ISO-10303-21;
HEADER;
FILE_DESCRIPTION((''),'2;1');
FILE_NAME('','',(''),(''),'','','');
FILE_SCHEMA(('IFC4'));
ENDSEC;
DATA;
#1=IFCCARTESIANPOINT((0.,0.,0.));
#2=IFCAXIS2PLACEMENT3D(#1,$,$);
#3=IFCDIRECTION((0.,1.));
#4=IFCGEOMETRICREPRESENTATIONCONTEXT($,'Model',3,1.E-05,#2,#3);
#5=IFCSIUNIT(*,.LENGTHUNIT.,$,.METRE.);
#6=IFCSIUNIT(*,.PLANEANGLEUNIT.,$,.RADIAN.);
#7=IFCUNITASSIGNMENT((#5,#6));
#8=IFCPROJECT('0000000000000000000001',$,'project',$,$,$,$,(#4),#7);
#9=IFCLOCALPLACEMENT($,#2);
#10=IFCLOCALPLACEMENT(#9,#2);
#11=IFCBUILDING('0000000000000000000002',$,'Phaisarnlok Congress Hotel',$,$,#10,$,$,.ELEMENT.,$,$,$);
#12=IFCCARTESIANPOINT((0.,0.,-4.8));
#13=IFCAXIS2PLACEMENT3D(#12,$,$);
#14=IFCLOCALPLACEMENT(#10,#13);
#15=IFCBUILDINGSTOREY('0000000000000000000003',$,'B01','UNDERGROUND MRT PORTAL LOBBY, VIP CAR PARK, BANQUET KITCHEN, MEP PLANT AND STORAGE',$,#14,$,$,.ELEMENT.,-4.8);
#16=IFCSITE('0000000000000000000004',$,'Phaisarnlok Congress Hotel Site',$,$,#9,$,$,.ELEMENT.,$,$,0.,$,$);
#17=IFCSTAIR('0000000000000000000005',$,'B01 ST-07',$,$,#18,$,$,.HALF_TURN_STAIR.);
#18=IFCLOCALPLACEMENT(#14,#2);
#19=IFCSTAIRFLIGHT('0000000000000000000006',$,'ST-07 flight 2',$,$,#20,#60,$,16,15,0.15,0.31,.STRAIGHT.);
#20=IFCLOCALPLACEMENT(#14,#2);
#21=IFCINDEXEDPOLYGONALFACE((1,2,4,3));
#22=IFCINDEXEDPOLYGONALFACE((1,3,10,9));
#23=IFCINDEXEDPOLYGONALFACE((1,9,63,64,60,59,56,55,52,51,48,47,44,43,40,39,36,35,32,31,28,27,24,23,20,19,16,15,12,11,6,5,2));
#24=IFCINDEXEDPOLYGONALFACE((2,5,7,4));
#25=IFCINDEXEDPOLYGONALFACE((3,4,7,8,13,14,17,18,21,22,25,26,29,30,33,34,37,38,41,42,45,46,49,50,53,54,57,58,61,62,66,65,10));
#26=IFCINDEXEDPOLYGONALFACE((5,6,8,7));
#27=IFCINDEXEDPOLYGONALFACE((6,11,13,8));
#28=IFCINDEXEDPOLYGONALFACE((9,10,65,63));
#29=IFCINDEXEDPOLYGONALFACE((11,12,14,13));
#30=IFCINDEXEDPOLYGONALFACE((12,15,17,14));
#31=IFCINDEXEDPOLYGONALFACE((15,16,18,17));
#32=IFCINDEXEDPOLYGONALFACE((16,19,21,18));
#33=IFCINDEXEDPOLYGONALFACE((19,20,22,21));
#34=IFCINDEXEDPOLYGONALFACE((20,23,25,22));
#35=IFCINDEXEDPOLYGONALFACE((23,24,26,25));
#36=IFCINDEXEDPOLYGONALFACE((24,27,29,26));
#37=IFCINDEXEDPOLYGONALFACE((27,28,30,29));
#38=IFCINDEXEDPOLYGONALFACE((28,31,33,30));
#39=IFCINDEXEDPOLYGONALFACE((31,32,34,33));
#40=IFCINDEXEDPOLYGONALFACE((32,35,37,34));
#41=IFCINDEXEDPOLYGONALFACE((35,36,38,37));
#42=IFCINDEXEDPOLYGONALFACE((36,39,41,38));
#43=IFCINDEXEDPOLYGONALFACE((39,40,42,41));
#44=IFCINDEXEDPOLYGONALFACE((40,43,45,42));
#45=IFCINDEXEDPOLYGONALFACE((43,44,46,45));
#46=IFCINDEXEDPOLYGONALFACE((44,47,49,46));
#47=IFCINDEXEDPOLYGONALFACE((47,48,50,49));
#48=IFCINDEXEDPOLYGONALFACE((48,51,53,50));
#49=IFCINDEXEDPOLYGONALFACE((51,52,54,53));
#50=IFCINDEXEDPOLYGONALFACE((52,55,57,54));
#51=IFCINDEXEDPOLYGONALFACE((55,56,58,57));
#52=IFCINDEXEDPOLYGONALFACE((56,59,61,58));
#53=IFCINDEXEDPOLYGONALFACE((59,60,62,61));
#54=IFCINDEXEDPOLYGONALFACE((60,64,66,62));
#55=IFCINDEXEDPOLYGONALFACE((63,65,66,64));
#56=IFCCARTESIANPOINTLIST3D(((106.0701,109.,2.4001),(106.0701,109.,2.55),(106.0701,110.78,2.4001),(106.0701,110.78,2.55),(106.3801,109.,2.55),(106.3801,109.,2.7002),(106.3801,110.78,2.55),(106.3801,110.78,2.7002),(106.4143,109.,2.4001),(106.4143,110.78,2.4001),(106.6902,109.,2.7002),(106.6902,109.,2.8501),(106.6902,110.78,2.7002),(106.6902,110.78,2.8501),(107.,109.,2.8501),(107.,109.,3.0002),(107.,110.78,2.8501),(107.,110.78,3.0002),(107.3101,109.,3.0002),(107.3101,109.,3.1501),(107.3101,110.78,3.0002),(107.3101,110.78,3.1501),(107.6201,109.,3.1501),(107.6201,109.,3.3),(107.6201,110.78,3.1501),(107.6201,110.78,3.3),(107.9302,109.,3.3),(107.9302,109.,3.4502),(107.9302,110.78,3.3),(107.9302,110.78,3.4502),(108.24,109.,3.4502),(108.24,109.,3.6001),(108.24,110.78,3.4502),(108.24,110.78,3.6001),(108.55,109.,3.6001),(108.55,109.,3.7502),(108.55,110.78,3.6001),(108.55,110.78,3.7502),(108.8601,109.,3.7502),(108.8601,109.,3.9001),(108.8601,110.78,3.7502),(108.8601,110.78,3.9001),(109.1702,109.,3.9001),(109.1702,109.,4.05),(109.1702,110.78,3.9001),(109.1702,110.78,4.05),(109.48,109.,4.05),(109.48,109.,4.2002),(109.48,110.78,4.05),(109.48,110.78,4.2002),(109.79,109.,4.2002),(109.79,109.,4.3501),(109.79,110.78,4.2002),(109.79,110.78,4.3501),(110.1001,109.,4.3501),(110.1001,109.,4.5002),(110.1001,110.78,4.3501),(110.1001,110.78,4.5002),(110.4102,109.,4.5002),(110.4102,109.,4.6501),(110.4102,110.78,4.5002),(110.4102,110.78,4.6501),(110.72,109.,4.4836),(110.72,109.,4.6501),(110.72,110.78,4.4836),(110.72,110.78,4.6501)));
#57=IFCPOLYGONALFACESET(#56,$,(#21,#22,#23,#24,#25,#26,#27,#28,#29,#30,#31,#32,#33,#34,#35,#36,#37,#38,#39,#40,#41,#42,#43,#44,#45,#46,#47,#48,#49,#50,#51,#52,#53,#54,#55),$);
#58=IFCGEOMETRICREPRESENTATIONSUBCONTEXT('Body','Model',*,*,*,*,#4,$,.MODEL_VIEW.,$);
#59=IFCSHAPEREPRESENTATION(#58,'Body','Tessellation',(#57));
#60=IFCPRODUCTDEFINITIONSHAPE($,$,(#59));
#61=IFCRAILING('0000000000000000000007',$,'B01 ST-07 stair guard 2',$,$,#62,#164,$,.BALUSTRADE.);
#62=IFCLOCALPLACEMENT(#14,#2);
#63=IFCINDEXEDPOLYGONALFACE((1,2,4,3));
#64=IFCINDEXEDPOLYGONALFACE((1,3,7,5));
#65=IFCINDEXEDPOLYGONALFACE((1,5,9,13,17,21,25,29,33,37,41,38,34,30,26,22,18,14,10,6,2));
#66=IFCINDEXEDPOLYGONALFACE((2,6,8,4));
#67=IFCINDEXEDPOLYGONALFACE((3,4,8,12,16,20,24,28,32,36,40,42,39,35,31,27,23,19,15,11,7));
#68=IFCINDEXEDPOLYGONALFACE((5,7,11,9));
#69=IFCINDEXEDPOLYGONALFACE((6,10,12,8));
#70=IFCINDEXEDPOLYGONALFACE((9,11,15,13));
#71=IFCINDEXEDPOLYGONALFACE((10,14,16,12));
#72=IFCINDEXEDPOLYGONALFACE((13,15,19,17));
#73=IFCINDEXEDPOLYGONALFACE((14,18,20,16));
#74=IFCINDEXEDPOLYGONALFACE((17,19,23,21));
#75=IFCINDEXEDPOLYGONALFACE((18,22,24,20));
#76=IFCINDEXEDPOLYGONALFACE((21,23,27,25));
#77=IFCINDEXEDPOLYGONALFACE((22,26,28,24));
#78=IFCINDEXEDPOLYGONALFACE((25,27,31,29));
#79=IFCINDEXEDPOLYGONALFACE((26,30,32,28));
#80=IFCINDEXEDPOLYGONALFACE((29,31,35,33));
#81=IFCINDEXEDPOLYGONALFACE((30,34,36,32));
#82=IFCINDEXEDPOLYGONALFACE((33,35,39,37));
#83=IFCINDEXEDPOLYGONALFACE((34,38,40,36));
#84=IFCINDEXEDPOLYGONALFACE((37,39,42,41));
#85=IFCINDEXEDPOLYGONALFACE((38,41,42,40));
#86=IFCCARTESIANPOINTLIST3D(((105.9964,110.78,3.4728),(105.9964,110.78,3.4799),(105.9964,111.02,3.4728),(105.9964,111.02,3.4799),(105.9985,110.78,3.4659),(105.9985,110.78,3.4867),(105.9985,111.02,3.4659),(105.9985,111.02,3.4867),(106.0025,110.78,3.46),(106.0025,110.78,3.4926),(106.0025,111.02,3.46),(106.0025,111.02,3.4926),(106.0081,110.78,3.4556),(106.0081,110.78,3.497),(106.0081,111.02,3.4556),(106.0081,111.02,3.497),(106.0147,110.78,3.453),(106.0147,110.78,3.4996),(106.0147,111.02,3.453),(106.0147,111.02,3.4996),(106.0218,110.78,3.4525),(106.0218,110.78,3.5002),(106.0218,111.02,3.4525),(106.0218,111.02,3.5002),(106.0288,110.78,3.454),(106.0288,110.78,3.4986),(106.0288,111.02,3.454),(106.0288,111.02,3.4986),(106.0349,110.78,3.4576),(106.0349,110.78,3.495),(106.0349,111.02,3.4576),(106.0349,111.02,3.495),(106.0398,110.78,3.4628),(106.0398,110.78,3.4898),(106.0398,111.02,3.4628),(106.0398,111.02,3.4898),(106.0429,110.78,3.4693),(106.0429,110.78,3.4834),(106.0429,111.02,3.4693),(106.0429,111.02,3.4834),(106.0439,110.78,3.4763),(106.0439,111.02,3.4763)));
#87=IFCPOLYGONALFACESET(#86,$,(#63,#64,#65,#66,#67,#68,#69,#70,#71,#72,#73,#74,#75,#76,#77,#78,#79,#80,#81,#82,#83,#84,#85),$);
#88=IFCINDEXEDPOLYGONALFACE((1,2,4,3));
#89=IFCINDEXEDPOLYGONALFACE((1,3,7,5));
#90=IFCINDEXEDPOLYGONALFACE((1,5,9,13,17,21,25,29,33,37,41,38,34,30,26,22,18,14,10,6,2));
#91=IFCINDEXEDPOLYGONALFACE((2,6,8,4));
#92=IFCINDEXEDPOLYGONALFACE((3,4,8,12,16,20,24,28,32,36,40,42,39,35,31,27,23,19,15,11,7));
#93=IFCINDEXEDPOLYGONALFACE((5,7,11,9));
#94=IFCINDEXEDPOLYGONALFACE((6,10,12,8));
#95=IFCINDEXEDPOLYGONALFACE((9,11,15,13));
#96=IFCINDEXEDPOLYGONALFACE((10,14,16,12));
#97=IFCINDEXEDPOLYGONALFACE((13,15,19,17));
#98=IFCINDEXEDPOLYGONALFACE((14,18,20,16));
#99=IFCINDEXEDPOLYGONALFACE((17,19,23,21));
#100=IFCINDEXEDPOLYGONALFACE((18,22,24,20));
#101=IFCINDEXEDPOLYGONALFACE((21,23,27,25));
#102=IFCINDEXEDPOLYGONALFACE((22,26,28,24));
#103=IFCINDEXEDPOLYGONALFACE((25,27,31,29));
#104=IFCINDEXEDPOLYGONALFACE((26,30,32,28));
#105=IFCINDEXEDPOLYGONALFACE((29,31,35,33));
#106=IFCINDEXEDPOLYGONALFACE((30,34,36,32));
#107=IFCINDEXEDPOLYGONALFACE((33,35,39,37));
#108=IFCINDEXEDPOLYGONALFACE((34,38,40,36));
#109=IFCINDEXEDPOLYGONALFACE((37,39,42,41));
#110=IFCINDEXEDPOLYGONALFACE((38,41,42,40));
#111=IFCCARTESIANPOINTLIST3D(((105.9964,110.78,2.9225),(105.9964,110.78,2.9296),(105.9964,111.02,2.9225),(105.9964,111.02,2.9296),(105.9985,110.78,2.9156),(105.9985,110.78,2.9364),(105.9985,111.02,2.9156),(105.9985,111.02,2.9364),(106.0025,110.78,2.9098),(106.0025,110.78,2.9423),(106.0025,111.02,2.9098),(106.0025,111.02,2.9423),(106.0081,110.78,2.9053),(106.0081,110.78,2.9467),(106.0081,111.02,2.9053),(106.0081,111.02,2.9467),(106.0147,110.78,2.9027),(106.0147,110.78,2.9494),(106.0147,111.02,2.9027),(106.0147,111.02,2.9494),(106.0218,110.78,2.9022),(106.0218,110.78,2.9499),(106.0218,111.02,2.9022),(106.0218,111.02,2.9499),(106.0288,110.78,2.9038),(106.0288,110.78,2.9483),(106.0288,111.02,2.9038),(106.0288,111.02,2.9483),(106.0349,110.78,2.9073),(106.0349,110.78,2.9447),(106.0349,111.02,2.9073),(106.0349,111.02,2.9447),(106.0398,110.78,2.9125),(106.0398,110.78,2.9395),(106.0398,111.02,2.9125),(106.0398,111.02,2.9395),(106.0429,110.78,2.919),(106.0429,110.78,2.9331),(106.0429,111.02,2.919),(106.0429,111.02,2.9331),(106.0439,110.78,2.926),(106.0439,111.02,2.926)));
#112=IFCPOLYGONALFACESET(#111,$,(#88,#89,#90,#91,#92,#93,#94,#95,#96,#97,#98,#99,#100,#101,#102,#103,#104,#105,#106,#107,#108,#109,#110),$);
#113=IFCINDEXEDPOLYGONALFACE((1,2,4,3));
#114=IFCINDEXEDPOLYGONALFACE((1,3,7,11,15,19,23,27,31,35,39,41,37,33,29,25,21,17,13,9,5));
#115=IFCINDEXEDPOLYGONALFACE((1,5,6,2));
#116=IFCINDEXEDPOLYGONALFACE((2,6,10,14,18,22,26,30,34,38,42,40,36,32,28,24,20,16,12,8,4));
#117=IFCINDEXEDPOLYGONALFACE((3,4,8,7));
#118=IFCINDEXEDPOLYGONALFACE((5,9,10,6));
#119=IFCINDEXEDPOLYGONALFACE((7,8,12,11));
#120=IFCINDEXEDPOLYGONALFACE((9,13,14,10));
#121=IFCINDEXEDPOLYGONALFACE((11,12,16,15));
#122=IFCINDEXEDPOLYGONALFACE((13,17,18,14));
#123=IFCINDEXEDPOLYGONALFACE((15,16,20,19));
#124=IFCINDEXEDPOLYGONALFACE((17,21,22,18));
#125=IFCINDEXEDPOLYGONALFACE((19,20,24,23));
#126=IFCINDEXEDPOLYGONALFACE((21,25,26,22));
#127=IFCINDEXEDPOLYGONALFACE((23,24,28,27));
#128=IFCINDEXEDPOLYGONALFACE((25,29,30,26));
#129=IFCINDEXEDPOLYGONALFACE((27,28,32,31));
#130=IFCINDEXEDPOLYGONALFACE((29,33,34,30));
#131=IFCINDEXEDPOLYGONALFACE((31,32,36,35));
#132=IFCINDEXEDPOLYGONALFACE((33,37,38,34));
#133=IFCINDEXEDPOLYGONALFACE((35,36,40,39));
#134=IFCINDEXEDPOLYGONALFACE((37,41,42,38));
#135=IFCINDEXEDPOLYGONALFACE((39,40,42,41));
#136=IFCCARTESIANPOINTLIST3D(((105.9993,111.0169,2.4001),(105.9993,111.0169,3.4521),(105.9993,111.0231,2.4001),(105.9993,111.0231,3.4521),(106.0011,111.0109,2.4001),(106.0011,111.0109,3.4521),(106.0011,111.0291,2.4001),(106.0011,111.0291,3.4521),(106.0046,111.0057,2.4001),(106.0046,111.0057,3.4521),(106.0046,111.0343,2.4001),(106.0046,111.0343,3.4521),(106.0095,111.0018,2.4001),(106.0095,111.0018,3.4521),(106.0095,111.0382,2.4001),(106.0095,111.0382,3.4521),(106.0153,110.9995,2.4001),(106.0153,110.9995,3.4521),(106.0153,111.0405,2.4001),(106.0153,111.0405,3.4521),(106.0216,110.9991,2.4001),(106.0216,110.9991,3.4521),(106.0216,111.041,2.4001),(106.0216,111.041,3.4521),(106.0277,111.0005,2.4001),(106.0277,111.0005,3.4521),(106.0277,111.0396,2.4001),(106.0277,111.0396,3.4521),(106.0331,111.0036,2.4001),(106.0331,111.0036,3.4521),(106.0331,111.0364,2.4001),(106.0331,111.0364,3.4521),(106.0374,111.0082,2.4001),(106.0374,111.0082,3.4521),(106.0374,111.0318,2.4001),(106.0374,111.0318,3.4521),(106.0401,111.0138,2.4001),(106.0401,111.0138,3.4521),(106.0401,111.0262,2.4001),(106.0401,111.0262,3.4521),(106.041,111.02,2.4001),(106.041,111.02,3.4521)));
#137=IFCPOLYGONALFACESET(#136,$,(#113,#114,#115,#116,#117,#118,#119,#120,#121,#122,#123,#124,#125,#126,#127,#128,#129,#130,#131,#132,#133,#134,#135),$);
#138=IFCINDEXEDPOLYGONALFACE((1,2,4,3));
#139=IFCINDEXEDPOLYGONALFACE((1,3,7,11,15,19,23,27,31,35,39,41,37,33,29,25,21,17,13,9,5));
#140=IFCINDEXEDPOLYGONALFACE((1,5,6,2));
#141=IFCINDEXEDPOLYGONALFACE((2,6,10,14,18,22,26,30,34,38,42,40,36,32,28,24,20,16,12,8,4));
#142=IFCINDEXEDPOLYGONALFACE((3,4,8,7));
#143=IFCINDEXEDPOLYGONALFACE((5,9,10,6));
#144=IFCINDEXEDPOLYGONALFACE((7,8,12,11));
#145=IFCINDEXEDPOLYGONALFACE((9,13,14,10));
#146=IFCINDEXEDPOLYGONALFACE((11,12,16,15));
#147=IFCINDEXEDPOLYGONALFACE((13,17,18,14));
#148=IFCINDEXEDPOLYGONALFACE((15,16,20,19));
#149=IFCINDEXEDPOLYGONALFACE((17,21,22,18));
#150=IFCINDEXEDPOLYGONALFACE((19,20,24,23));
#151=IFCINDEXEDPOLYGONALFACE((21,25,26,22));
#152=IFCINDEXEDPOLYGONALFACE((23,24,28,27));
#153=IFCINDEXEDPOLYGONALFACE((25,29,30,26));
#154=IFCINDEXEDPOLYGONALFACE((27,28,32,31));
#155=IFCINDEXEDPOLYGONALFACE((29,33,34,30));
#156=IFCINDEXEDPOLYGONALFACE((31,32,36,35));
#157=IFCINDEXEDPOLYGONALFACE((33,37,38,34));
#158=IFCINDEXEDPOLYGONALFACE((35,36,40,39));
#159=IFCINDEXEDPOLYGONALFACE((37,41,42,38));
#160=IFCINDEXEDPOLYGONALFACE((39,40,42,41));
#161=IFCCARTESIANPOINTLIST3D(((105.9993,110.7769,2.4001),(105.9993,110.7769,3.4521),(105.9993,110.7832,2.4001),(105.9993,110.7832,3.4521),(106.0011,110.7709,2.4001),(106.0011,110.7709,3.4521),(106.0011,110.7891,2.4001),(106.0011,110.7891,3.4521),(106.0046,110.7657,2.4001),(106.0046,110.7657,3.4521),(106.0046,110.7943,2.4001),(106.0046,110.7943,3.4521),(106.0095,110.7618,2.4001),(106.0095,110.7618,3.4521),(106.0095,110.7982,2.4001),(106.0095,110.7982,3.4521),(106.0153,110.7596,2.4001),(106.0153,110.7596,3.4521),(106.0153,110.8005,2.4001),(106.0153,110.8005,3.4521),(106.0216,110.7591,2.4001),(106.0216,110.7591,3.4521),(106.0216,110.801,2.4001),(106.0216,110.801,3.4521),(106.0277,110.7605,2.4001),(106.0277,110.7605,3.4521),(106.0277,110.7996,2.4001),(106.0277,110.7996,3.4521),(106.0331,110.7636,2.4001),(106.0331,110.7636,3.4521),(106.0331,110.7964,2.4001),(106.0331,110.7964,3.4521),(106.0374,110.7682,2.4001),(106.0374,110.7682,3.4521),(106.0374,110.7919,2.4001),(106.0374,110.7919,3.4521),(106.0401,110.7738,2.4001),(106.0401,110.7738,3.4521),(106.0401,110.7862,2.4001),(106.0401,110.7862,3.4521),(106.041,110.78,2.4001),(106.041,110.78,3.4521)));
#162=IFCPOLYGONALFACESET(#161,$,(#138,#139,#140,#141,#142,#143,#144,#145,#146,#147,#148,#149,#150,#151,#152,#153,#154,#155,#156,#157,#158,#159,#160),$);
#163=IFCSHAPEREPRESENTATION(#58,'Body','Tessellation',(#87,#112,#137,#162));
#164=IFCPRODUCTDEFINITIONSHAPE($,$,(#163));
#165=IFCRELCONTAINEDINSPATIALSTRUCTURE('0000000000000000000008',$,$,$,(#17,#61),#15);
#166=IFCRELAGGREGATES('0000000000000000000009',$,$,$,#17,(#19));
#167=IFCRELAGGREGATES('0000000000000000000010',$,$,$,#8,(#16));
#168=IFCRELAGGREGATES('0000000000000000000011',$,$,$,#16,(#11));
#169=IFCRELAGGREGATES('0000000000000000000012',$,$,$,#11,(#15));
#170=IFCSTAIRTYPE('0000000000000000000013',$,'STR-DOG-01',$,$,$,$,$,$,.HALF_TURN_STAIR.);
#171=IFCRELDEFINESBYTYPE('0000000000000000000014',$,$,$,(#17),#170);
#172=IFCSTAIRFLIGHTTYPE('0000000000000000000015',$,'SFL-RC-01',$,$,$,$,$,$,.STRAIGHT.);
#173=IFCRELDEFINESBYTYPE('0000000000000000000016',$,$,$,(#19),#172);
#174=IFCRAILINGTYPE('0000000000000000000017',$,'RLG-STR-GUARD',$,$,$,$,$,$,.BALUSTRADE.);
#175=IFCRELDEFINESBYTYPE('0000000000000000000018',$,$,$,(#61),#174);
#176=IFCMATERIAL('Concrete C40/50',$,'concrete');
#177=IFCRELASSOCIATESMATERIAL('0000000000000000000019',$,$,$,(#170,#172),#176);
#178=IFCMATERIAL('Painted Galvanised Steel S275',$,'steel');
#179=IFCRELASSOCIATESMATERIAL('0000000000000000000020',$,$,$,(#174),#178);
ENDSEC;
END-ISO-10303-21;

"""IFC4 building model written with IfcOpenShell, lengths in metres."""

from ifc_helpers import new_model, si_unit, direction, frame, origin, origin_2d, place, context, subcontext, project, spatial, polyline, circle, outline, extrude, material, type_object, element, aggregate, save


model = new_model("IFC4")

# Units and contexts
model_context = context("Model", 3, precision=1e-05, world=origin(), true_north=direction((0.0, 1.0)))
body_context = subcontext(model_context, "Body", "Model", "MODEL_VIEW")
ifc_project = project(units=[si_unit("LENGTHUNIT", "METRE"), si_unit("PLANEANGLEUNIT", "RADIAN")], contexts=[model_context])

# Site, building, storey
site_placement = place(None, origin())
site = spatial("IfcSite", under=ifc_project, at=site_placement, Name="Phaisarnlok Congress Hotel Site", CompositionType="ELEMENT", RefElevation=0.0)
building_placement = place(site_placement, origin())
building = spatial("IfcBuilding", under=site, at=building_placement, Name="Phaisarnlok Congress Hotel", CompositionType="ELEMENT")
storey_placement = place(building_placement, frame((0.0, 0.0, -4.8)))
storey = spatial("IfcBuildingStorey", under=building, at=storey_placement, Name="B01", Description="UNDERGROUND MRT PORTAL LOBBY, VIP CAR PARK, BANQUET KITCHEN, MEP PLANT AND STORAGE", CompositionType="ELEMENT", Elevation=-4.8)

# Shared definitions
ifc_material_1 = material(Name="Concrete C40/50", Category="concrete")

# Stair, stair flight
stair_type = type_object("IfcStairType", Name="STR-DOG-01", PredefinedType="HALF_TURN_STAIR", material=ifc_material_1)
stair_placement = place(storey_placement, origin())
stair = element("IfcStair", 1, at=stair_placement, inside=storey, type_object=stair_type, Name="B01 ST-07", PredefinedType="HALF_TURN_STAIR")
stair_flight_type = type_object("IfcStairFlightType", Name="SFL-RC-01", PredefinedType="STRAIGHT", material=ifc_material_1)
stair_flight_placement = place(storey_placement, frame((106.0701, 109.8899, 2.4001), z_axis=(0.0, 0.0, 1.0), x_axis=(1.0, 0.0, 0.0)))
stair_flight = element("IfcStairFlight", 2, at=stair_flight_placement, type_object=stair_flight_type, Name="ST-07 flight 2", NumberOfRisers=16, NumberOfTreads=15, PredefinedType="STRAIGHT", RiserHeight=0.15, TreadLength=0.31, context=body_context, shape_type="SweptSolid", body=[
    extrude(outline(polyline([(0.0, 0.0), (0.0, 0.1499), (0.3101, 0.1499), (0.3101, 0.3), (0.6201, 0.3), (0.6201, 0.45), (0.9299, 0.45), (0.9299, 0.6001), (1.24, 0.6001), (1.24, 0.75), (1.55, 0.75), (1.55, 0.8999), (1.8601, 0.8999), (1.8601, 1.05), (2.1699, 1.05), (2.1699, 1.2), (2.48, 1.2), (2.48, 1.3501), (2.79, 1.3501), (2.79, 1.5), (3.1001, 1.5), (3.1001, 1.6499), (3.4099, 1.6499), (3.4099, 1.8), (3.72, 1.8), (3.72, 1.95), (4.03, 1.95), (4.03, 2.1001), (4.3401, 2.1001), (4.3401, 2.25), (4.6499, 2.25), (4.6499, 2.3999), (4.6499, 2.0835), (0.3442, 0.0), (0.0, 0.0)])), frame((0.0, 0.8901, 0.0), z_axis=(0.0, -1.0, 0.0), x_axis=(1.0, 0.0, 0.0)), (0.0, 0.0, 1.0), 1.78),
])
aggregate(stair, [stair_flight])

# Railing
ifc_material_2 = material(Name="Painted Galvanised Steel S275", Category="steel")
railing_type_1 = type_object("IfcRailingType", Name="RLG-STR-GUARD", PredefinedType="BALUSTRADE", material=ifc_material_2)
railing_1_placement = place(storey_placement, frame((106.02, 111.02, 2.4001)))
element("IfcRailing", 3, at=railing_1_placement, inside=storey, type_object=railing_type_1, Name="B01 ST-07 stair guard 2", PredefinedType="BALUSTRADE", context=body_context, shape_type="SweptSolid", body=[
    extrude(circle(Radius=0.0239, at=origin_2d()), frame((0.0, 0.0, 1.0762), z_axis=(0.0, -1.0, 0.0), x_axis=(1.0, 0.0, 0.0)), (0.0, 0.0, 1.0), 0.24),
    extrude(circle(Radius=0.0239, at=origin_2d()), frame((0.0, 0.0, 0.5259), z_axis=(0.0, -1.0, 0.0), x_axis=(1.0, 0.0, 0.0)), (0.0, 0.0, 1.0), 0.24),
    extrude(circle(Radius=0.021, at=origin_2d()), origin(), (0.0, 0.0, 1.0), 1.052),
    extrude(circle(Radius=0.021, at=origin_2d()), frame((0.0, -0.24, 0.0)), (0.0, 0.0, 1.0), 1.052),
])

save(model, "model.ifc")
